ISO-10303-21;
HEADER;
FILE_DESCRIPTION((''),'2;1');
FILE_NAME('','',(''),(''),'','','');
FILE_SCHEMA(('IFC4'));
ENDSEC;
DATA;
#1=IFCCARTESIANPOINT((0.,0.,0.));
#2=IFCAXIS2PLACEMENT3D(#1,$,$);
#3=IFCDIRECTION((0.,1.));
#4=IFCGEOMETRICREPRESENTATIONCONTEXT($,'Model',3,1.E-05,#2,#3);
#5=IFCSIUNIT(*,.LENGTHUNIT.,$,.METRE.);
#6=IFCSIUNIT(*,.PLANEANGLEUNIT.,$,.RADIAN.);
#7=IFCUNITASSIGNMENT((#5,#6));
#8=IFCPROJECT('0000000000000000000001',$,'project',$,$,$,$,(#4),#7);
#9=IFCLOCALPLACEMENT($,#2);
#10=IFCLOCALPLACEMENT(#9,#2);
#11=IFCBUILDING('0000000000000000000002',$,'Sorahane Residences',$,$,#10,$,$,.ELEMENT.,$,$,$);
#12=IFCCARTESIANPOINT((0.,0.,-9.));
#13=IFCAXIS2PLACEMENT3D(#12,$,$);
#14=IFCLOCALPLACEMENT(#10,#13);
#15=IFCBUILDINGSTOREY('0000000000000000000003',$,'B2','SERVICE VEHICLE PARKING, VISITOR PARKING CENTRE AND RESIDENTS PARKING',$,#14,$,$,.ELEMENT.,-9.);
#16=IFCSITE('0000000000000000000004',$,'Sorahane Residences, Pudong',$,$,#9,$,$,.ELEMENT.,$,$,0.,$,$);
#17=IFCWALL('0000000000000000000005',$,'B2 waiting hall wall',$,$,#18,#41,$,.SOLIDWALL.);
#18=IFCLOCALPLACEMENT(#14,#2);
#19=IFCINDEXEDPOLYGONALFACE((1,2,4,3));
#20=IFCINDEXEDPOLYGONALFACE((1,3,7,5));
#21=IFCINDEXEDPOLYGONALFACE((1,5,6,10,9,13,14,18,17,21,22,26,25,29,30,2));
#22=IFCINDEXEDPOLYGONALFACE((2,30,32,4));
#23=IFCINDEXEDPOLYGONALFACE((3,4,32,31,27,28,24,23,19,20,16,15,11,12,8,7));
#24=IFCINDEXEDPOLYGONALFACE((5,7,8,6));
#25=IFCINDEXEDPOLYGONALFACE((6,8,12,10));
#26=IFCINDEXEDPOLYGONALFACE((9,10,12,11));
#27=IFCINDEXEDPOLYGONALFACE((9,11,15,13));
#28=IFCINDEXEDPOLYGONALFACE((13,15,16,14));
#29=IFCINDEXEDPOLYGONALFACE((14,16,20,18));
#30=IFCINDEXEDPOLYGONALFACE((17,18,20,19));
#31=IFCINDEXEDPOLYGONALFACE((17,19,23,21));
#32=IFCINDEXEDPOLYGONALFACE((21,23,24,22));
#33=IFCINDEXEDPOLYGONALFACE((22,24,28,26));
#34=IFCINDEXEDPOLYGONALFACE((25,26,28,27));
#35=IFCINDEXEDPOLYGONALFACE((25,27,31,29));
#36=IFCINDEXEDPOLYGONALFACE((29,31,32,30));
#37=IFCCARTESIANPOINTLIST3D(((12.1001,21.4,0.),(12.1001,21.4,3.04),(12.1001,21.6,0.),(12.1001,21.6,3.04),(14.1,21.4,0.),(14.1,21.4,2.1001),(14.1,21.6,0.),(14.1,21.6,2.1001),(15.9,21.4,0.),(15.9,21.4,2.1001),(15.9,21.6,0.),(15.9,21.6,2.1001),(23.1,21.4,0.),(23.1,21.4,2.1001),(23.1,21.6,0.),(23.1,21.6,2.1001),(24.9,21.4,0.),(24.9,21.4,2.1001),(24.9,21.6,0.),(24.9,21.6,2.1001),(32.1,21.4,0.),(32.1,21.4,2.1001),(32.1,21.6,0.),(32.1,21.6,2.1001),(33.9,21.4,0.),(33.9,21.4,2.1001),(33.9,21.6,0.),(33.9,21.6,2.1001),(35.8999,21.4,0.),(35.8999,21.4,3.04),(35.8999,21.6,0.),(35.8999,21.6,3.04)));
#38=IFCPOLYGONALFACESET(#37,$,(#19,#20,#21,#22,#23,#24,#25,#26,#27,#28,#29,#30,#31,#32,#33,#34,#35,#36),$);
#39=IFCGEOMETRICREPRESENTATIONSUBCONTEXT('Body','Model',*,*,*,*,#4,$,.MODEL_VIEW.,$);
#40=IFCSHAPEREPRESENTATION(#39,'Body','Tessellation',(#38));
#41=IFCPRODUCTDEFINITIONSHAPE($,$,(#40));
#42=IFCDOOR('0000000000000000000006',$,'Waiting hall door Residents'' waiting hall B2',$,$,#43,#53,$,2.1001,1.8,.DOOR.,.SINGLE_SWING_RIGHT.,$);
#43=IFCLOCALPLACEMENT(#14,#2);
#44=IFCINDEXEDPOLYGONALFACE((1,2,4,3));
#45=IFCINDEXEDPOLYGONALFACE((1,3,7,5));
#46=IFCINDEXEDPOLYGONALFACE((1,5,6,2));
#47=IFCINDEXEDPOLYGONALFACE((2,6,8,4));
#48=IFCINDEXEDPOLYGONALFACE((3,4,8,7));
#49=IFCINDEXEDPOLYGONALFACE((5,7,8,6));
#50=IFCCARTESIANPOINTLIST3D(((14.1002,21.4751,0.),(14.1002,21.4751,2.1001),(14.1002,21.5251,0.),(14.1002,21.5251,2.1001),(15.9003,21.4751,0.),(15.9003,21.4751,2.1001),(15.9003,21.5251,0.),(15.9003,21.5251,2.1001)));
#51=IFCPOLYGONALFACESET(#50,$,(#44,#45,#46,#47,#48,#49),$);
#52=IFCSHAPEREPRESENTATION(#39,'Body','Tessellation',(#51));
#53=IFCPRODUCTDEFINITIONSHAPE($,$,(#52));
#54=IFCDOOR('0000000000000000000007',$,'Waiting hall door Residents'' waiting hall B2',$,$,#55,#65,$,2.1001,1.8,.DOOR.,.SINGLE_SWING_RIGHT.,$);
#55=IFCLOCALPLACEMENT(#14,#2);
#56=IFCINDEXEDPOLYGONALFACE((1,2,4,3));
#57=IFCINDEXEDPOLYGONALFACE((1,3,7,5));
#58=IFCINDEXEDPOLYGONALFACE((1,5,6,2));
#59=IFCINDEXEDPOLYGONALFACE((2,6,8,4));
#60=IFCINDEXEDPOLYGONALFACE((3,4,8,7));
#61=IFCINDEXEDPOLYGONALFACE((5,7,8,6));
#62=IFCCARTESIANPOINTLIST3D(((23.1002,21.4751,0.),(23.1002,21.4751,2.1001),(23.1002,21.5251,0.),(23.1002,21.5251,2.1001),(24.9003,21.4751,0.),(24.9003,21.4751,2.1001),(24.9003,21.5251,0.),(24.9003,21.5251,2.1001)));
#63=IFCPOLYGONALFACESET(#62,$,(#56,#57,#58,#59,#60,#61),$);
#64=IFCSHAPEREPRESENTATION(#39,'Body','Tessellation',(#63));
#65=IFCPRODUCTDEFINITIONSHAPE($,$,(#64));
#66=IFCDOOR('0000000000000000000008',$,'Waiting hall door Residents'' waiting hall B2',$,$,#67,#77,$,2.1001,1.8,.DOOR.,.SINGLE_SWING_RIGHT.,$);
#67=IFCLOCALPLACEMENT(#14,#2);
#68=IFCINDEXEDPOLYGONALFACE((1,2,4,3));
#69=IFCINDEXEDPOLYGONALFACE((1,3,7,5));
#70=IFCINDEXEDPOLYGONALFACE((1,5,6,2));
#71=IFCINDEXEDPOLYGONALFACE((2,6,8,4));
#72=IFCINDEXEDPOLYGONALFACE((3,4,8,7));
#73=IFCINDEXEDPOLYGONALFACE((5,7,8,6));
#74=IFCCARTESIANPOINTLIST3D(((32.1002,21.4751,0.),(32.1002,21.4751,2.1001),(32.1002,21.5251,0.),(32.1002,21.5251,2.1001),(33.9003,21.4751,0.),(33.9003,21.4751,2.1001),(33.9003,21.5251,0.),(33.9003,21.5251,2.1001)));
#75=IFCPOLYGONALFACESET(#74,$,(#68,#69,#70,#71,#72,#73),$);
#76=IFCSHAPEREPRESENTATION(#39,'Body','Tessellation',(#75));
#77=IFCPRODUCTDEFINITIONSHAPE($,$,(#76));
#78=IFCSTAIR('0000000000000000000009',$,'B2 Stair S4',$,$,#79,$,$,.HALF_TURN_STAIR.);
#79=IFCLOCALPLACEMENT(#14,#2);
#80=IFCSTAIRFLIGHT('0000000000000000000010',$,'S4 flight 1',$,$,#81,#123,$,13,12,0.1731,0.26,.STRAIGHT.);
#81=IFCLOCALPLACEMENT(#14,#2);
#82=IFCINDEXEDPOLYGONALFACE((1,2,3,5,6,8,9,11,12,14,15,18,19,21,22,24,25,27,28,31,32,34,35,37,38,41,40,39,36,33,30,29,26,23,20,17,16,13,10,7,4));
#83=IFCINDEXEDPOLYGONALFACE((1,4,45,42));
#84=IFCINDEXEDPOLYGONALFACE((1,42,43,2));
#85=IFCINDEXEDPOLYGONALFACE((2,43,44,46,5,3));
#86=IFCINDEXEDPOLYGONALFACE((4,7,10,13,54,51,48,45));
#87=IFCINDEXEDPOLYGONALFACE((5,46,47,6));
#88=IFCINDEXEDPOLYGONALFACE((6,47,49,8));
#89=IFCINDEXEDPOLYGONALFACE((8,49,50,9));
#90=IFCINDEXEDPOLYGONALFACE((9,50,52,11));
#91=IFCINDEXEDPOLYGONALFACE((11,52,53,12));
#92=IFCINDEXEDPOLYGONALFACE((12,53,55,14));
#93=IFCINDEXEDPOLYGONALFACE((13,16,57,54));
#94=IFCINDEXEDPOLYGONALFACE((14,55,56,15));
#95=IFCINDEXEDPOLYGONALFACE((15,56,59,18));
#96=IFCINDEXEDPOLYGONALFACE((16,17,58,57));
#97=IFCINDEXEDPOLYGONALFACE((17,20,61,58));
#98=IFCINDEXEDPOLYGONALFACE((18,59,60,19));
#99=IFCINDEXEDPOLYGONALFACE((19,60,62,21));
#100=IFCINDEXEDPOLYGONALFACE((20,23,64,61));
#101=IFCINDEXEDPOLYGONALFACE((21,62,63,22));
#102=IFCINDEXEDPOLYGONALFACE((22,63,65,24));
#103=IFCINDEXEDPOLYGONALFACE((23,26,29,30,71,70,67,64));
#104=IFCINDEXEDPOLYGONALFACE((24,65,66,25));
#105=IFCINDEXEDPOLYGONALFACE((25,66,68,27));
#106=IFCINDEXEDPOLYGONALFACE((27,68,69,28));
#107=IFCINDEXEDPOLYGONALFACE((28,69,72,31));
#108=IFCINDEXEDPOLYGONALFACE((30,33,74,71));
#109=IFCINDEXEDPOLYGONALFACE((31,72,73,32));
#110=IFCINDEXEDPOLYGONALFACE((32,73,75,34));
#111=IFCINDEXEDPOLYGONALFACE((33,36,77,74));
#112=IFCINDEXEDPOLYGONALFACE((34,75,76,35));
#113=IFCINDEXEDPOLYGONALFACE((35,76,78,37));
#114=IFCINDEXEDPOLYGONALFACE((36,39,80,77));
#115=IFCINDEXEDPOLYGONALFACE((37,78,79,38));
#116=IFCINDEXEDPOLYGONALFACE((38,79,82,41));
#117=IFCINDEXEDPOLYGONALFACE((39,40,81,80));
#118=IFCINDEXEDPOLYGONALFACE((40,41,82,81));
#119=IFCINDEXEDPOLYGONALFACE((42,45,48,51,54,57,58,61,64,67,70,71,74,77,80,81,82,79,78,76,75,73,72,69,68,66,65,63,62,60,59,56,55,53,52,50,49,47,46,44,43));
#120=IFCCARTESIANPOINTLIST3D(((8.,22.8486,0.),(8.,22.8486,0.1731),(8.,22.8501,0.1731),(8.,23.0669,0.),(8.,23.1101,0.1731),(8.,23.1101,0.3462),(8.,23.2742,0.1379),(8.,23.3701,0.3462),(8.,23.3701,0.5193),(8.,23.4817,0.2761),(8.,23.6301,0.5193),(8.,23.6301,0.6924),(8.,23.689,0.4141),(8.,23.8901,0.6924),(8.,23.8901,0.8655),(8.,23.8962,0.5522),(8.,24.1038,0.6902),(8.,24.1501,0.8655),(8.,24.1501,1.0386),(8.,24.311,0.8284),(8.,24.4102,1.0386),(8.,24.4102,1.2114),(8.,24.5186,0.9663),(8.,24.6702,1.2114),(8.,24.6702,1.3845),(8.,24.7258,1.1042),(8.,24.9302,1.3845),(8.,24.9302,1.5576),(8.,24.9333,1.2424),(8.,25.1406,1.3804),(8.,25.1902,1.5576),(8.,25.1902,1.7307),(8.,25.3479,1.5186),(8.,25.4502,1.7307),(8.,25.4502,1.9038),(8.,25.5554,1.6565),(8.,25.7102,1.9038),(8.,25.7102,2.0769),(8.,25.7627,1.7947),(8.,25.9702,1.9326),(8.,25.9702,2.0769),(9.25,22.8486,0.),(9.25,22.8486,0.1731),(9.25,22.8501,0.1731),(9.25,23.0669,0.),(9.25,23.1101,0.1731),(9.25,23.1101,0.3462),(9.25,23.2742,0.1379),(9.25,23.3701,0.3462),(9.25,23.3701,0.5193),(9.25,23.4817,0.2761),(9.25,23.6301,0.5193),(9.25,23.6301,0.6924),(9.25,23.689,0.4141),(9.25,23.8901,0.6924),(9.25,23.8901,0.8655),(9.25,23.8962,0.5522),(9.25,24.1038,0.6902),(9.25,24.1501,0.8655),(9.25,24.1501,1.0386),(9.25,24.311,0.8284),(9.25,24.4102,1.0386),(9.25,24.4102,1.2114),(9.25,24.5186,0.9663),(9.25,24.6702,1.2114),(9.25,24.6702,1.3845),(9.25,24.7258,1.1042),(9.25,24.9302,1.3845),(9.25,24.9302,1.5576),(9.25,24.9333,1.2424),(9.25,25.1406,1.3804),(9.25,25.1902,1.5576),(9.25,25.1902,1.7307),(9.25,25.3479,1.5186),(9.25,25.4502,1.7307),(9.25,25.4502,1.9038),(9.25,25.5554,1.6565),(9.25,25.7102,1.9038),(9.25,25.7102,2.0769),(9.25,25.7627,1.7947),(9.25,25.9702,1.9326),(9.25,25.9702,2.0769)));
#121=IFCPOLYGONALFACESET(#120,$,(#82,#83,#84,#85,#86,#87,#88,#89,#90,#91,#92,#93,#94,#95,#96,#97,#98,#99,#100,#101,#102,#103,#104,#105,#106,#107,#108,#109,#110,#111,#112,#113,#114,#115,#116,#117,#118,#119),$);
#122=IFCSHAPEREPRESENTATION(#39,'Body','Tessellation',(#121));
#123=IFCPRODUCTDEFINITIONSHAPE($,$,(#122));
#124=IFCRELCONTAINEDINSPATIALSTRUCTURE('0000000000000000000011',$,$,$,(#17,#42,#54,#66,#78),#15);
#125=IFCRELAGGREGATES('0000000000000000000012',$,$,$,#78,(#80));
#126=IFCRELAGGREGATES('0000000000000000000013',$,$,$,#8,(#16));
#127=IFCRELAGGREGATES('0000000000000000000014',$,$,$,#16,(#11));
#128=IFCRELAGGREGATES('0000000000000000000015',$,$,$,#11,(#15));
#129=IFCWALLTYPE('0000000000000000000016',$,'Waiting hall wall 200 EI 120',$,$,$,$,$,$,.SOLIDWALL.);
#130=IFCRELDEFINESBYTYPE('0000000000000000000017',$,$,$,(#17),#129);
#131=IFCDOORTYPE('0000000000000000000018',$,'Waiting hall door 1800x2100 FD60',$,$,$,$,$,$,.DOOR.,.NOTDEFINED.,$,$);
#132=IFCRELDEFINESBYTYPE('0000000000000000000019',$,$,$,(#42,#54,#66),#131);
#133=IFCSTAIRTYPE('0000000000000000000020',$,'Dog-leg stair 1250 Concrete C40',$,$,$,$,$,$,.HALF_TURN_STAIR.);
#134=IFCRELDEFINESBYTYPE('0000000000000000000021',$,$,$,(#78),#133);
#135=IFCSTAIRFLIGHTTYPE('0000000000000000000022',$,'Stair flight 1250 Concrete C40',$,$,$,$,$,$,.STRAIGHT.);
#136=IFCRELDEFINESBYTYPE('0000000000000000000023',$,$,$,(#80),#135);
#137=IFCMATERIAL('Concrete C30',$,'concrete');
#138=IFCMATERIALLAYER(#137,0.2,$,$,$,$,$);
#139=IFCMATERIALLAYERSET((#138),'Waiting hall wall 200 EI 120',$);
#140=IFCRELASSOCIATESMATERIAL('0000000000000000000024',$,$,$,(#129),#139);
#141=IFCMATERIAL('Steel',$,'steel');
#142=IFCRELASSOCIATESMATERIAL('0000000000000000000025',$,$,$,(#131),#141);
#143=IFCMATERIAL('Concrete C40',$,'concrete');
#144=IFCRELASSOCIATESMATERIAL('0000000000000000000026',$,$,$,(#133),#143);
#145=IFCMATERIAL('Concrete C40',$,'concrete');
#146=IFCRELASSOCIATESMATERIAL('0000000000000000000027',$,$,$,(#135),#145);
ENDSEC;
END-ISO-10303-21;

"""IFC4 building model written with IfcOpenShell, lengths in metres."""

from ifc_helpers import new_model, si_unit, direction, frame, frame_2d, origin, place, context, subcontext, project, spatial, polyline, rectangle, outline, extrude, material, layer, layer_set, type_object, element, fill, aggregate, save


model = new_model("IFC4")

# Units and contexts
model_context = context("Model", 3, precision=1e-05, world=origin(), true_north=direction((0.0, 1.0)))
body_context = subcontext(model_context, "Body", "Model", "MODEL_VIEW")
ifc_project = project(units=[si_unit("LENGTHUNIT", "METRE"), si_unit("PLANEANGLEUNIT", "RADIAN")], contexts=[model_context])

# Site, building, storey
site_placement = place(None, origin())
site = spatial("IfcSite", under=ifc_project, at=site_placement, Name="Sorahane Residences, Pudong", CompositionType="ELEMENT", RefElevation=0.0)
building_placement = place(site_placement, origin())
building = spatial("IfcBuilding", under=site, at=building_placement, Name="Sorahane Residences", CompositionType="ELEMENT")
storey_placement = place(building_placement, frame((0.0, 0.0, -9.0)))
storey = spatial("IfcBuildingStorey", under=building, at=storey_placement, Name="B2", Description="SERVICE VEHICLE PARKING, VISITOR PARKING CENTRE AND RESIDENTS PARKING", CompositionType="ELEMENT", Elevation=-9.0)

# Wall, openings, doors
ifc_material_1 = material(Name="Concrete C30", Category="concrete")
ifc_layer_1 = layer(ifc_material_1, 0.2)
ifc_layer_set_1 = layer_set([ifc_layer_1], Name="Waiting hall wall 200 EI 120")
wall_type_1 = type_object("IfcWallType", Name="Waiting hall wall 200 EI 120", PredefinedType="SOLIDWALL", material=ifc_layer_set_1)
wall_1_placement = place(storey_placement, frame((12.1001, 21.5, 0.0), z_axis=(0.0, 0.0, 1.0), x_axis=(1.0, 0.0, 0.0)))
wall_1 = element("IfcWall", 1, at=wall_1_placement, inside=storey, type_object=wall_type_1, Name="B2 waiting hall wall", PredefinedType="SOLIDWALL", context=body_context, shape_type="SweptSolid", body=[
    extrude(rectangle(XDim=23.7998, YDim=0.2, at=frame_2d((11.8999, 0.0))), origin(), (0.0, 0.0, 1.0), 3.04),
])
opening_1_placement = place(wall_1_placement, frame((2.0, 0.0, 0.0)))
opening_1 = element("IfcOpeningElement", 2, at=opening_1_placement, cuts=wall_1, PredefinedType="OPENING", context=body_context, shape_type="SweptSolid", body=[
    extrude(rectangle(XDim=1.8, YDim=2.1001, at=frame_2d((0.8999, 1.05))), frame((0.0, 0.1099, 0.0), z_axis=(0.0, -1.0, 0.0), x_axis=(1.0, 0.0, 0.0)), (0.0, 0.0, 1.0), 0.22),
])
opening_2_placement = place(wall_1_placement, frame((11.0, 0.0, 0.0)))
opening_2 = element("IfcOpeningElement", 3, at=opening_2_placement, cuts=wall_1, PredefinedType="OPENING", context=body_context, shape_type="SweptSolid", body=[
    extrude(rectangle(XDim=1.8, YDim=2.1001, at=frame_2d((0.8999, 1.05))), frame((0.0, 0.1099, 0.0), z_axis=(0.0, -1.0, 0.0), x_axis=(1.0, 0.0, 0.0)), (0.0, 0.0, 1.0), 0.22),
])
opening_3_placement = place(wall_1_placement, frame((20.0, 0.0, 0.0)))
opening_3 = element("IfcOpeningElement", 4, at=opening_3_placement, cuts=wall_1, PredefinedType="OPENING", context=body_context, shape_type="SweptSolid", body=[
    extrude(rectangle(XDim=1.8, YDim=2.1001, at=frame_2d((0.8999, 1.05))), frame((0.0, 0.1099, 0.0), z_axis=(0.0, -1.0, 0.0), x_axis=(1.0, 0.0, 0.0)), (0.0, 0.0, 1.0), 0.22),
])
ifc_material_2 = material(Name="Steel", Category="steel")
door_type_1 = type_object("IfcDoorType", Name="Waiting hall door 1800x2100 FD60", OperationType="NOTDEFINED", PredefinedType="DOOR", material=ifc_material_2)
door_1_placement = place(opening_1_placement, frame((1.8, 0.0, 0.0), z_axis=(0.0, 0.0, 1.0), x_axis=(-1.0, 0.0, 0.0)))
door_1 = element("IfcDoor", 5, at=door_1_placement, inside=storey, type_object=door_type_1, Name="Waiting hall door Residents' waiting hall B2", OperationType="SINGLE_SWING_RIGHT", OverallHeight=2.1001, OverallWidth=1.8, PredefinedType="DOOR", context=body_context, shape_type="SweptSolid", body=[
    extrude(rectangle(XDim=1.8, YDim=2.1001, at=frame_2d((0.8999, 1.05))), frame((0.0, 0.0249, 0.0), z_axis=(0.0, -1.0, 0.0), x_axis=(1.0, 0.0, 0.0)), (0.0, 0.0, 1.0), 0.05),
])
fill(opening_1, door_1)
door_2_placement = place(opening_2_placement, frame((1.8, 0.0, 0.0), z_axis=(0.0, 0.0, 1.0), x_axis=(-1.0, 0.0, 0.0)))
door_2 = element("IfcDoor", 6, at=door_2_placement, inside=storey, type_object=door_type_1, Name="Waiting hall door Residents' waiting hall B2", OperationType="SINGLE_SWING_RIGHT", OverallHeight=2.1001, OverallWidth=1.8, PredefinedType="DOOR", context=body_context, shape_type="SweptSolid", body=[
    extrude(rectangle(XDim=1.8, YDim=2.1001, at=frame_2d((0.8999, 1.05))), frame((0.0, 0.0249, 0.0), z_axis=(0.0, -1.0, 0.0), x_axis=(1.0, 0.0, 0.0)), (0.0, 0.0, 1.0), 0.05),
])
fill(opening_2, door_2)
door_3_placement = place(opening_3_placement, frame((1.8, 0.0, 0.0), z_axis=(0.0, 0.0, 1.0), x_axis=(-1.0, 0.0, 0.0)))
door_3 = element("IfcDoor", 7, at=door_3_placement, inside=storey, type_object=door_type_1, Name="Waiting hall door Residents' waiting hall B2", OperationType="SINGLE_SWING_RIGHT", OverallHeight=2.1001, OverallWidth=1.8, PredefinedType="DOOR", context=body_context, shape_type="SweptSolid", body=[
    extrude(rectangle(XDim=1.8, YDim=2.1001, at=frame_2d((0.8999, 1.05))), frame((0.0, 0.0249, 0.0), z_axis=(0.0, -1.0, 0.0), x_axis=(1.0, 0.0, 0.0)), (0.0, 0.0, 1.0), 0.05),
])
fill(opening_3, door_3)

# Stair, stair flight
ifc_material_3 = material(Name="Concrete C40", Category="concrete")
stair_type = type_object("IfcStairType", Name="Dog-leg stair 1250 Concrete C40", PredefinedType="HALF_TURN_STAIR", material=ifc_material_3)
stair_placement = place(storey_placement, origin())
stair = element("IfcStair", 8, at=stair_placement, inside=storey, type_object=stair_type, Name="B2 Stair S4", PredefinedType="HALF_TURN_STAIR")
ifc_material_4 = material(Name="Concrete C40", Category="concrete")
stair_flight_type = type_object("IfcStairFlightType", Name="Stair flight 1250 Concrete C40", PredefinedType="STRAIGHT", material=ifc_material_4)
stair_flight_placement = place(storey_placement, frame((8.625, 22.8501, 0.0), z_axis=(0.0, 0.0, 1.0), x_axis=(0.0, 1.0, 0.0)))
stair_flight = element("IfcStairFlight", 9, at=stair_flight_placement, type_object=stair_flight_type, Name="S4 flight 1", NumberOfRisers=13, NumberOfTreads=12, PredefinedType="STRAIGHT", RiserHeight=0.1731, TreadLength=0.26, context=body_context, shape_type="SweptSolid", body=[
    extrude(outline(polyline([(-0.0015, 0.0), (-0.0015, 0.1731), (0.0, 0.1731), (0.26, 0.1731), (0.26, 0.3462), (0.52, 0.3462), (0.52, 0.5193), (0.78, 0.5193), (0.78, 0.6924), (1.04, 0.6924), (1.04, 0.8655), (1.3, 0.8655), (1.3, 1.0386), (1.5601, 1.0386), (1.5601, 1.2114), (1.8201, 1.2114), (1.8201, 1.3845), (2.0801, 1.3845), (2.0801, 1.5576), (2.3401, 1.5576), (2.3401, 1.7307), (2.6001, 1.7307), (2.6001, 1.9038), (2.8601, 1.9038), (2.8601, 2.0769), (3.1201, 2.0769), (3.1201, 2.25), (3.1201, 1.9326), (2.9126, 1.7947), (2.7053, 1.6565), (2.4978, 1.5186), (2.2905, 1.3804), (2.0833, 1.2424), (1.8757, 1.1042), (1.6685, 0.9663), (1.4609, 0.8284), (1.2537, 0.6902), (1.0461, 0.5522), (0.8389, 0.4141), (0.6316, 0.2761), (0.4241, 0.1379), (0.2168, 0.0), (-0.0015, 0.0)])), frame((0.0, 0.625, 0.0), z_axis=(0.0, -1.0, 0.0), x_axis=(1.0, 0.0, 0.0)), (0.0, 0.0, 1.0), 1.25),
])
aggregate(stair, [stair_flight])

save(model, "model.ifc")
